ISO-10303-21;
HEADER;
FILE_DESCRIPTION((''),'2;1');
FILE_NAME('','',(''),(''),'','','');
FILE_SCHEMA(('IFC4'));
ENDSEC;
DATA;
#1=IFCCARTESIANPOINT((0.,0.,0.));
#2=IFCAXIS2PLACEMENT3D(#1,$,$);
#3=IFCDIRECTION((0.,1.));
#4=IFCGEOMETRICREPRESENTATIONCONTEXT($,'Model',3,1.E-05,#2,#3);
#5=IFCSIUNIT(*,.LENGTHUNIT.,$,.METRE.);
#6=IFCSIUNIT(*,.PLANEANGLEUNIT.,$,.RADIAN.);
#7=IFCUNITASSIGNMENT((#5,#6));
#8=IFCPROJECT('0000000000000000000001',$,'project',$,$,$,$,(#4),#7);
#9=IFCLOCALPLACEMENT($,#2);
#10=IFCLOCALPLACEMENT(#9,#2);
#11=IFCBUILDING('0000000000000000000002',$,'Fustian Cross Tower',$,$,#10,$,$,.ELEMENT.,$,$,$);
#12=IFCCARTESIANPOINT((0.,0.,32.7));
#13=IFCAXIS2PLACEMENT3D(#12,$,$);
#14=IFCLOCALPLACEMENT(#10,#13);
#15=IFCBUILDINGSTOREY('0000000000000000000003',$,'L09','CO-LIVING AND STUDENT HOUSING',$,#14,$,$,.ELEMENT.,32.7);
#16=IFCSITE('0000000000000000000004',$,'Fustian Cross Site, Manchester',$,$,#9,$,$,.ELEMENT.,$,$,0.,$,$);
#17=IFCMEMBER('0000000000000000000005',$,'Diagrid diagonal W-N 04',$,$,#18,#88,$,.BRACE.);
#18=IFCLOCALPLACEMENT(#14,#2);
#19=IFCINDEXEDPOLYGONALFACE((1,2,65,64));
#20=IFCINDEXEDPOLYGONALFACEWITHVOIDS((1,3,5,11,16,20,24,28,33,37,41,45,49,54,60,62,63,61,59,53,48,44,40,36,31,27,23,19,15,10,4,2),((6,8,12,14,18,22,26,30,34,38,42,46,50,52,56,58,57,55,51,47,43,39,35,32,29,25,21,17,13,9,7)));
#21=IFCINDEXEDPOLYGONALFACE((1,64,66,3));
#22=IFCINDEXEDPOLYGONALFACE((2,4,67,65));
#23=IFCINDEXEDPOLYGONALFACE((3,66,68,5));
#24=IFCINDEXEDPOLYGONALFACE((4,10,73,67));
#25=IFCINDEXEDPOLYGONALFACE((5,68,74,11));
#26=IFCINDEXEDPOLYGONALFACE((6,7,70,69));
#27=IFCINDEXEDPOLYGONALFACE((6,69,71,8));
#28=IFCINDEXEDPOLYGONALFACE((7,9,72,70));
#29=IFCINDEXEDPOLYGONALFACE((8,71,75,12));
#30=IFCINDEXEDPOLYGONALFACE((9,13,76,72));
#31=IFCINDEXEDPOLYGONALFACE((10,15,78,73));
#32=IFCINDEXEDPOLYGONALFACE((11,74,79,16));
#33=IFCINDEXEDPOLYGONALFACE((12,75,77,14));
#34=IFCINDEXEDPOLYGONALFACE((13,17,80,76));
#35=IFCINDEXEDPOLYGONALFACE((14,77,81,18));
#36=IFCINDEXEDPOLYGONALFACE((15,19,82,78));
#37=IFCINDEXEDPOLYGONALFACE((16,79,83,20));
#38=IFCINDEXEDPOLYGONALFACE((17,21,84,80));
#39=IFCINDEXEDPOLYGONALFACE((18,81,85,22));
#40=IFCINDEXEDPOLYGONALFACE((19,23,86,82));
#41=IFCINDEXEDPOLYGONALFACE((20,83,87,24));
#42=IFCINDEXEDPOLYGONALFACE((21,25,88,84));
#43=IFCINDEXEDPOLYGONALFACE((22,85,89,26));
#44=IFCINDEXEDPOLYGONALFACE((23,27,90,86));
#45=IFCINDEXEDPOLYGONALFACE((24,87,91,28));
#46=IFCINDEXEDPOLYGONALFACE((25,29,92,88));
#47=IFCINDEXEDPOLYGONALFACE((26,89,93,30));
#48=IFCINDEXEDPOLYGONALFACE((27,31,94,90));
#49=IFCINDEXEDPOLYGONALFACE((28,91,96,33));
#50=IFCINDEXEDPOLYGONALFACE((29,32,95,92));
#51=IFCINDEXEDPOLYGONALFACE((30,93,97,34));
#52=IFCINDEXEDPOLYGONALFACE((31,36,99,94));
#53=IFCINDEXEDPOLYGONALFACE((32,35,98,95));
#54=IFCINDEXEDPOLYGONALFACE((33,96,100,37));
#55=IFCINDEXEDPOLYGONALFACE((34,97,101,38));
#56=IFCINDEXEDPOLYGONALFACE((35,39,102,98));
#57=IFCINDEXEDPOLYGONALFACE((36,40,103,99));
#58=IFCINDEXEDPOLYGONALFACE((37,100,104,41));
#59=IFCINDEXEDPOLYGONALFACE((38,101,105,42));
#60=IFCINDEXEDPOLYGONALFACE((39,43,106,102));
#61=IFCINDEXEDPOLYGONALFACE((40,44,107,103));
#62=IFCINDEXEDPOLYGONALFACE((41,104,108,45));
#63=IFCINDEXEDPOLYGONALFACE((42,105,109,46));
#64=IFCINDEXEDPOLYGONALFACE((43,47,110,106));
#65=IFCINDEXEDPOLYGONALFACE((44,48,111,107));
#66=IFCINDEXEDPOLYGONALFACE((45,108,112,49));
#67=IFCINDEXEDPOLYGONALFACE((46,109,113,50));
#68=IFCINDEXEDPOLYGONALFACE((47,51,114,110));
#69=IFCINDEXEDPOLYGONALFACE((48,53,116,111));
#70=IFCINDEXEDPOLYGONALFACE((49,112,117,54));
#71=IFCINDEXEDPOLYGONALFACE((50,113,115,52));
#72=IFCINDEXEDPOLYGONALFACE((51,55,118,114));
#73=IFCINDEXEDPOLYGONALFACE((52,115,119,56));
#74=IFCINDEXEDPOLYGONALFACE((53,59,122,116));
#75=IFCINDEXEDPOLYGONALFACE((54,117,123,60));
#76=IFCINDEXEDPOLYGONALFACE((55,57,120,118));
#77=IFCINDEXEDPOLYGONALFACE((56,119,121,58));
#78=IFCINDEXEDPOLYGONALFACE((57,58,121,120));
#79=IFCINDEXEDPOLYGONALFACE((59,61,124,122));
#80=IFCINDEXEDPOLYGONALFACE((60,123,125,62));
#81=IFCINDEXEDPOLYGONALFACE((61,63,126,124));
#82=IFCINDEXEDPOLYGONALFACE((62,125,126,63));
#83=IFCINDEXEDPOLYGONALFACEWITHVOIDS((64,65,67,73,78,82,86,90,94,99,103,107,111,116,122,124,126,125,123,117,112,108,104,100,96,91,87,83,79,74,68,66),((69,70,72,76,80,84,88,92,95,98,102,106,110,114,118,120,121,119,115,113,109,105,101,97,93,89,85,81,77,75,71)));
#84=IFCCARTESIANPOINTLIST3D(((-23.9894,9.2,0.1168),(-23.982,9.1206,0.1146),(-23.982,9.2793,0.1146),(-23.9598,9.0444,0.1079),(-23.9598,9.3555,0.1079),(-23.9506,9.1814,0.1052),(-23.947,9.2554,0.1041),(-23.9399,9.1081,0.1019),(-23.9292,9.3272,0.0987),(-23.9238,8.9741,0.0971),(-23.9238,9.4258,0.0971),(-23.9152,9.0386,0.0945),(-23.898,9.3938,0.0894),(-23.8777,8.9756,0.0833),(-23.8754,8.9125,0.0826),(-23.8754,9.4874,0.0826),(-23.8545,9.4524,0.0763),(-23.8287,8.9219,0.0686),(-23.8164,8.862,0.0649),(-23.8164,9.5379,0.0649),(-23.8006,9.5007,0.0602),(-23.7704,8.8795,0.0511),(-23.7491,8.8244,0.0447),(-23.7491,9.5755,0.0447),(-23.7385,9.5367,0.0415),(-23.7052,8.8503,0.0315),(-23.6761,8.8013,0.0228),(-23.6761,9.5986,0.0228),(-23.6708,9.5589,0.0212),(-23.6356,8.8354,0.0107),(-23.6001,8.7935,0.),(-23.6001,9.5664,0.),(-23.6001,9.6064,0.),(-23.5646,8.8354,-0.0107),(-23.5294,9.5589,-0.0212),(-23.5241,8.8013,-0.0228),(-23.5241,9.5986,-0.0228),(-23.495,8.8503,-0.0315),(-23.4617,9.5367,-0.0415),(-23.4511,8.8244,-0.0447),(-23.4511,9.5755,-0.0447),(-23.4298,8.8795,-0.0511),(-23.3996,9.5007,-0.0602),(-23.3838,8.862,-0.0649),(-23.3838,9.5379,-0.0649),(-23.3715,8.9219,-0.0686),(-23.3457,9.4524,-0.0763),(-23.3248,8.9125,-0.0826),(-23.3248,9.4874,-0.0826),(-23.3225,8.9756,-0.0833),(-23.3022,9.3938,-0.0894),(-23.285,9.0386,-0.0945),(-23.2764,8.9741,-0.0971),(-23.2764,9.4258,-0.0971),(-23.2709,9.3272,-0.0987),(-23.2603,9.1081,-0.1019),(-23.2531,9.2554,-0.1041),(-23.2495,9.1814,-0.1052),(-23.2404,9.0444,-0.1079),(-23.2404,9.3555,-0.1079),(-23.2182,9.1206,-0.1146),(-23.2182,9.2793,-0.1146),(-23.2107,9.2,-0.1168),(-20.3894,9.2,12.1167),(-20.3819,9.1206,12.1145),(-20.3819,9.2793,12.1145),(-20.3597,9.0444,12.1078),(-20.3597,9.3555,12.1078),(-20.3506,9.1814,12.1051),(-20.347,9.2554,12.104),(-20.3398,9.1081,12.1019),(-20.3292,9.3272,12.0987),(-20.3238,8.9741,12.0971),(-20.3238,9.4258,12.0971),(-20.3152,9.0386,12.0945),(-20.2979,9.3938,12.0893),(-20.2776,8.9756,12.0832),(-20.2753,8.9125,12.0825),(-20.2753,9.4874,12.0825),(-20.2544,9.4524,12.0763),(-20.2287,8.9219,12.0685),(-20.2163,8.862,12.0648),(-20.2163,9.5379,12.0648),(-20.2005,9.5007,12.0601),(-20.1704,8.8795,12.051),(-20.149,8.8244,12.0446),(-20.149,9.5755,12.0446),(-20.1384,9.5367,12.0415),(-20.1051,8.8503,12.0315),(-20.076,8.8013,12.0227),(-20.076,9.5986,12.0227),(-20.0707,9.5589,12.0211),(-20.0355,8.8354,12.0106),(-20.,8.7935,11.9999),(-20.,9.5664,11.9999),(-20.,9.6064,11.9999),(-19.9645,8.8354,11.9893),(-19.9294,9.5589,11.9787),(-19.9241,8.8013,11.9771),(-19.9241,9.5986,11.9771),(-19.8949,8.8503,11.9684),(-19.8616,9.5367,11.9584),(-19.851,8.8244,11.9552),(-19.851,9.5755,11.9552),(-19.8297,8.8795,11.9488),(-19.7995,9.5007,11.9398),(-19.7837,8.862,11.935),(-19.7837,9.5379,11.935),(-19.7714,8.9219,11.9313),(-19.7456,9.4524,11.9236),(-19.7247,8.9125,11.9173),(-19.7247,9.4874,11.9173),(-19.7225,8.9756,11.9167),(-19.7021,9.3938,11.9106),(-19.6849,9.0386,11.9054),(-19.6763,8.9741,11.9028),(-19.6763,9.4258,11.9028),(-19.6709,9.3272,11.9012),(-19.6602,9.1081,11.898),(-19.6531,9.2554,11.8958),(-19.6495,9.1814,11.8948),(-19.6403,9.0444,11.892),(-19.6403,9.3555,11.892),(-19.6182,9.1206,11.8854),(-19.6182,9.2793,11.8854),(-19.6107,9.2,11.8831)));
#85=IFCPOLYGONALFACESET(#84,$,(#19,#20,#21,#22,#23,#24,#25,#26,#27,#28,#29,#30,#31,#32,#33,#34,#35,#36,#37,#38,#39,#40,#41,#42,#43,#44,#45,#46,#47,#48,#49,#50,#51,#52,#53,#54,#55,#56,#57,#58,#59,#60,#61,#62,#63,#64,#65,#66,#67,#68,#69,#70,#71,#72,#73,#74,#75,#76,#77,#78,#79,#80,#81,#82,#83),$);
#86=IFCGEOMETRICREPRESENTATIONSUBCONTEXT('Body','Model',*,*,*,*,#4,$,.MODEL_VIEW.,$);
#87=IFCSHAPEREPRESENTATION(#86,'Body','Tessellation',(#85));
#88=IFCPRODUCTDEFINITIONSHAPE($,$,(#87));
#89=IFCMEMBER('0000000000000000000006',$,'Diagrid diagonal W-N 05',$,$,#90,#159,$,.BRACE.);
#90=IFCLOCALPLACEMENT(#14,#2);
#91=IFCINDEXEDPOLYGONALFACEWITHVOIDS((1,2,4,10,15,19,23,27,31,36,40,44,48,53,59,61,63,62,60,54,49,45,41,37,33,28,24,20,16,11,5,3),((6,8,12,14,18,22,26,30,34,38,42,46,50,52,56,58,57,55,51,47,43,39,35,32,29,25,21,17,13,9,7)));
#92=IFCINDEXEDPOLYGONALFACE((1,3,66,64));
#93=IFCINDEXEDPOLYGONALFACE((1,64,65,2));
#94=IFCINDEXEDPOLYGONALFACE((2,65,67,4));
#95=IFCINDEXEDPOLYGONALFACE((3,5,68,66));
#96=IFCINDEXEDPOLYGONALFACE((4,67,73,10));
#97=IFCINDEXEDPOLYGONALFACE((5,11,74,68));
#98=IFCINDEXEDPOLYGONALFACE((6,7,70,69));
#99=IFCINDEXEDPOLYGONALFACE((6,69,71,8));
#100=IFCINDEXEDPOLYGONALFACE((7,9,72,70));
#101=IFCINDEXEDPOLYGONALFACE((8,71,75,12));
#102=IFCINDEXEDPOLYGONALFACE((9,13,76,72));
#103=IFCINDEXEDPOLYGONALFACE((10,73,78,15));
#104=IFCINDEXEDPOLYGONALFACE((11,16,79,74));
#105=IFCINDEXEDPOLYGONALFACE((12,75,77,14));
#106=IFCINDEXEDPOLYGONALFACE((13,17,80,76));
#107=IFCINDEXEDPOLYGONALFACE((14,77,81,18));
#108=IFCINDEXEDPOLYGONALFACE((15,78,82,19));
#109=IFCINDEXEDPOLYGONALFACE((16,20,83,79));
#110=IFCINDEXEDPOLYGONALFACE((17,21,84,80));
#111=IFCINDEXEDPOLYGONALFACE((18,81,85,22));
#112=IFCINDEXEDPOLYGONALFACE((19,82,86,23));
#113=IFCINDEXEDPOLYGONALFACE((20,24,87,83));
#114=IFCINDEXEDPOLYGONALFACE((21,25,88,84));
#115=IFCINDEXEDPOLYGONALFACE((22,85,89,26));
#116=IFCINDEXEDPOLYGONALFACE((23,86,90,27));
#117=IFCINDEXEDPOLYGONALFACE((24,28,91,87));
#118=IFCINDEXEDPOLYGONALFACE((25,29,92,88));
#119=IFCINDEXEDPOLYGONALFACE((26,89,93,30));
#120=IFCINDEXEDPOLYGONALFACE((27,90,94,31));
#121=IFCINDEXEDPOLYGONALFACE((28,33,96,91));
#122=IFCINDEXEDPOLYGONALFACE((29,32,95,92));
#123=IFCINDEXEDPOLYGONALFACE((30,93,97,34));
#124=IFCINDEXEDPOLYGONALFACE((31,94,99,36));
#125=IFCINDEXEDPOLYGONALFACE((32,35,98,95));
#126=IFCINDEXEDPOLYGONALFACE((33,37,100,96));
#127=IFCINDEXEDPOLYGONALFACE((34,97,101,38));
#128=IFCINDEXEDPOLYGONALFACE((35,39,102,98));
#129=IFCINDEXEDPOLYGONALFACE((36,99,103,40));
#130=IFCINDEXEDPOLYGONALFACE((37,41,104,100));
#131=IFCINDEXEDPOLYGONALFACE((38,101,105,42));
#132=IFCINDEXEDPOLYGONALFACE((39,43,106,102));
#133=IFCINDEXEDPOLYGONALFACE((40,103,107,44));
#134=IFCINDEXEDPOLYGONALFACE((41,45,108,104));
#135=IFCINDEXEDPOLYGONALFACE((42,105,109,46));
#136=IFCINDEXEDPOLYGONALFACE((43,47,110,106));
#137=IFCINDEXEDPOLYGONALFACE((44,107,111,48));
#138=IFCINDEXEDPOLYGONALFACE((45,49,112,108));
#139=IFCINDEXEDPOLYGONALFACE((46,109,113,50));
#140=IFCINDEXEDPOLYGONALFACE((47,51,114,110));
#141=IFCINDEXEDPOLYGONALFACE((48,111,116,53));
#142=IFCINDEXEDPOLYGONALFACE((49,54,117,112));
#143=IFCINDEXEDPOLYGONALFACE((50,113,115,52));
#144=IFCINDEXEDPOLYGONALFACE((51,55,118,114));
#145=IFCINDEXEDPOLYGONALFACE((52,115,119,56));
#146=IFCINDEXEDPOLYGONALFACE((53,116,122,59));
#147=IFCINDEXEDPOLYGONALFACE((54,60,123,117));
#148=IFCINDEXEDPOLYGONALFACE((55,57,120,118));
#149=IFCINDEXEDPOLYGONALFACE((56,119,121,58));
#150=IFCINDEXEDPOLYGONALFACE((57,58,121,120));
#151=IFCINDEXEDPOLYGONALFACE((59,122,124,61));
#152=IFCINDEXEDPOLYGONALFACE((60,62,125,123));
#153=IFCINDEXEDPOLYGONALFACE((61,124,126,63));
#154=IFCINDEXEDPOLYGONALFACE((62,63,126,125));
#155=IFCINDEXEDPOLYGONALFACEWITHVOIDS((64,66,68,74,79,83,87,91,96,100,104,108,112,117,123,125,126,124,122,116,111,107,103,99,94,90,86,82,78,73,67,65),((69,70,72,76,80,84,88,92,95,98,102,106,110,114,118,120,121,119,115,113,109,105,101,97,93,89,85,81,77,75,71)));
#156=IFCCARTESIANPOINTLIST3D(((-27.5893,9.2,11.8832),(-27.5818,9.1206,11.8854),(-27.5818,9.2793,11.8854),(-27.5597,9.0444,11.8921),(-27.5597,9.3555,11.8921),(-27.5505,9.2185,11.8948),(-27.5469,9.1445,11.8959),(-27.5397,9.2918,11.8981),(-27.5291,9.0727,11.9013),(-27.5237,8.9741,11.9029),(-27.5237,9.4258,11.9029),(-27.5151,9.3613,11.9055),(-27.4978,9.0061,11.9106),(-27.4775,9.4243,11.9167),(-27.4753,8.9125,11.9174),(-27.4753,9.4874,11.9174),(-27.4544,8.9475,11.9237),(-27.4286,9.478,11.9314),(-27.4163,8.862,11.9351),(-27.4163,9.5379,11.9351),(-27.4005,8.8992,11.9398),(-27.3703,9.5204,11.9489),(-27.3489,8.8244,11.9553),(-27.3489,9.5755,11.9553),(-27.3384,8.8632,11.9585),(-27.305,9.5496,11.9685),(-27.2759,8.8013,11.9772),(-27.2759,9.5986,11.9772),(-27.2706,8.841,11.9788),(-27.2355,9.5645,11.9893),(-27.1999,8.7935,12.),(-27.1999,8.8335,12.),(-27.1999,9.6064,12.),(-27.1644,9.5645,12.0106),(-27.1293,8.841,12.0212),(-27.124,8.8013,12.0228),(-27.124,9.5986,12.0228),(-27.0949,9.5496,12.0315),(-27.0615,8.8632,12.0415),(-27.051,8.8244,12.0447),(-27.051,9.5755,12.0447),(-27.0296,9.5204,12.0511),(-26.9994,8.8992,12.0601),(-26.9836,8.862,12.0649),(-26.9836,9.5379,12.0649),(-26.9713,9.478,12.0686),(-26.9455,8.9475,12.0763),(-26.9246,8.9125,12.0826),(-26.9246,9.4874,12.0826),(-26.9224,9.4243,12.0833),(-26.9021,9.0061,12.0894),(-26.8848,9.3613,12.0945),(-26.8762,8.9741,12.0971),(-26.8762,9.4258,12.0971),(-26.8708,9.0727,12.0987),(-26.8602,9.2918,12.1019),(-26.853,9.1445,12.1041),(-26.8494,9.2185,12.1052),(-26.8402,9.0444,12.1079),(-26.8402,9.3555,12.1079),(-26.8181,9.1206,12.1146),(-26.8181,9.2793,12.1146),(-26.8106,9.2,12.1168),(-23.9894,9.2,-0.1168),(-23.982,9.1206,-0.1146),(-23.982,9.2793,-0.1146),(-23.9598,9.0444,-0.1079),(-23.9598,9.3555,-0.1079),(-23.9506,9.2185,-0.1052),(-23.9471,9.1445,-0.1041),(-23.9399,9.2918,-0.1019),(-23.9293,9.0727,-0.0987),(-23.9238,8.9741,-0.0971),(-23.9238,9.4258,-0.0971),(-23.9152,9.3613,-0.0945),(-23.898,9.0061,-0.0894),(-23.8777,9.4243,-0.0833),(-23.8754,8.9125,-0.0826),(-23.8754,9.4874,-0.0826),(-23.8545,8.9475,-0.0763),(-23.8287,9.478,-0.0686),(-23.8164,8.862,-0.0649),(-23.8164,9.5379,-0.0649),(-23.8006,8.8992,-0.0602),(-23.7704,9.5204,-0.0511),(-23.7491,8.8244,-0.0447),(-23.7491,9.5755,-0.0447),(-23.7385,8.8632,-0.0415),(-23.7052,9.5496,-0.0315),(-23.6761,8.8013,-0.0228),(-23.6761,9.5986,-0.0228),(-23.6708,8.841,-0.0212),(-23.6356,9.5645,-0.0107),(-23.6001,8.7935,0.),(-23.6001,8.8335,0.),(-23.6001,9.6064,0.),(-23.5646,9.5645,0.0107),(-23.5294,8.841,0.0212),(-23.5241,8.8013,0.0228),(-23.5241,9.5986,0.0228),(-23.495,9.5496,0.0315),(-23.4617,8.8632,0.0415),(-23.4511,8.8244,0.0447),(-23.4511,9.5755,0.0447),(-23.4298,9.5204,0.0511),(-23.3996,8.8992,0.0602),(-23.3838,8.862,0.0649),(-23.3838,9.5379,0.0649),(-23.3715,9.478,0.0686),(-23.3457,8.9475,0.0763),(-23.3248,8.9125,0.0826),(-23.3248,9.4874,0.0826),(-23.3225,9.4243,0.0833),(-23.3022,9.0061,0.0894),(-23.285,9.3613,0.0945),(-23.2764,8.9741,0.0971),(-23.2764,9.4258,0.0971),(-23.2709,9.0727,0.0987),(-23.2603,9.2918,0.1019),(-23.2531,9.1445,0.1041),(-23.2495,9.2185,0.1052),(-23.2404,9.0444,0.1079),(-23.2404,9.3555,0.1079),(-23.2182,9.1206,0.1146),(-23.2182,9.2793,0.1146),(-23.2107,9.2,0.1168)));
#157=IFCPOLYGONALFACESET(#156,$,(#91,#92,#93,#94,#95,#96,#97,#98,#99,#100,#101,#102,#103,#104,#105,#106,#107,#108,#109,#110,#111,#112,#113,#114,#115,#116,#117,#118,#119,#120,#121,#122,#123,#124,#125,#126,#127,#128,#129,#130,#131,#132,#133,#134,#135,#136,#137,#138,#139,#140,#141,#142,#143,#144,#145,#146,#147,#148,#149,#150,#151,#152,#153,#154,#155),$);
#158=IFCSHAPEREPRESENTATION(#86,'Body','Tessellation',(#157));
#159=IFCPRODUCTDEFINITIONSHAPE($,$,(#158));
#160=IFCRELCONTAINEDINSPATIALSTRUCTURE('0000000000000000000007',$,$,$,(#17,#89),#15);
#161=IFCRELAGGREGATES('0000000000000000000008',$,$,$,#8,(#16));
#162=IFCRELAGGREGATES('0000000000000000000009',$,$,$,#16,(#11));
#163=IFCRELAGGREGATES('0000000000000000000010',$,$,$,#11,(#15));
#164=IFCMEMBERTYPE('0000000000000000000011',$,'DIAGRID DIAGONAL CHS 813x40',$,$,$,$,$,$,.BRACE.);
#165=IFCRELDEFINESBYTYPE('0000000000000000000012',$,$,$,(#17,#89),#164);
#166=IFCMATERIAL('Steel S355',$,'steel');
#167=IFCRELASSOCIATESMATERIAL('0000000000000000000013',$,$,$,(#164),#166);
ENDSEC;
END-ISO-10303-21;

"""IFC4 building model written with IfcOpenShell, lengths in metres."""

from ifc_helpers import new_model, si_unit, direction, frame, origin, origin_2d, place, context, subcontext, project, spatial, hollow_circle, extrude, material, material_profile, profile_set, type_object, element, save


model = new_model("IFC4")

# Units and contexts
model_context = context("Model", 3, precision=1e-05, world=origin(), true_north=direction((0.0, 1.0)))
body_context = subcontext(model_context, "Body", "Model", "MODEL_VIEW")
ifc_project = project(units=[si_unit("LENGTHUNIT", "METRE"), si_unit("PLANEANGLEUNIT", "RADIAN")], contexts=[model_context])

# Site, building, storey
site_placement = place(None, origin())
site = spatial("IfcSite", under=ifc_project, at=site_placement, Name="Fustian Cross Site, Manchester", CompositionType="ELEMENT", RefElevation=0.0)
building_placement = place(site_placement, origin())
building = spatial("IfcBuilding", under=site, at=building_placement, Name="Fustian Cross Tower", CompositionType="ELEMENT")
storey_placement = place(building_placement, frame((0.0, 0.0, 32.7)))
storey = spatial("IfcBuildingStorey", under=building, at=storey_placement, Name="L09", Description="CO-LIVING AND STUDENT HOUSING", CompositionType="ELEMENT", Elevation=32.7)

# Members
ifc_material_1 = material(Name="Steel S355", Category="steel")
ifc_material_profile_1 = material_profile(ifc_material_1, hollow_circle(Radius=0.4065, WallThickness=0.04, at=origin_2d()), Name="CHS 813x40")
ifc_profile_set_1 = profile_set([ifc_material_profile_1], Name="Steel S355")
member_type_1 = type_object("IfcMemberType", Name="DIAGRID DIAGONAL CHS 813x40", PredefinedType="BRACE", material=ifc_profile_set_1)
for number, where, z_axis, x_axis, name in (
    (1, (-23.6001, 9.2, 0.0), (0.287355, 0.0, 0.957824), (0.0, 1.0, 0.0), "Diagrid diagonal W-N 04"),
    (2, (-23.6001, 9.2, 0.0), (-0.287337, 0.0, 0.95783), (0.0, -1.0, 0.0), "Diagrid diagonal W-N 05"),
):
    element("IfcMember", number, at=place(storey_placement, frame(where, z_axis=z_axis, x_axis=x_axis)), inside=storey, type_object=member_type_1, Name=name, PredefinedType="BRACE", context=body_context, shape_type="SweptSolid", body=[
        extrude(hollow_circle(Radius=0.4065, WallThickness=0.04, at=origin_2d()), origin(), (0.0, 0.0, 1.0), 12.5283),
    ])

save(model, "model.ifc")
